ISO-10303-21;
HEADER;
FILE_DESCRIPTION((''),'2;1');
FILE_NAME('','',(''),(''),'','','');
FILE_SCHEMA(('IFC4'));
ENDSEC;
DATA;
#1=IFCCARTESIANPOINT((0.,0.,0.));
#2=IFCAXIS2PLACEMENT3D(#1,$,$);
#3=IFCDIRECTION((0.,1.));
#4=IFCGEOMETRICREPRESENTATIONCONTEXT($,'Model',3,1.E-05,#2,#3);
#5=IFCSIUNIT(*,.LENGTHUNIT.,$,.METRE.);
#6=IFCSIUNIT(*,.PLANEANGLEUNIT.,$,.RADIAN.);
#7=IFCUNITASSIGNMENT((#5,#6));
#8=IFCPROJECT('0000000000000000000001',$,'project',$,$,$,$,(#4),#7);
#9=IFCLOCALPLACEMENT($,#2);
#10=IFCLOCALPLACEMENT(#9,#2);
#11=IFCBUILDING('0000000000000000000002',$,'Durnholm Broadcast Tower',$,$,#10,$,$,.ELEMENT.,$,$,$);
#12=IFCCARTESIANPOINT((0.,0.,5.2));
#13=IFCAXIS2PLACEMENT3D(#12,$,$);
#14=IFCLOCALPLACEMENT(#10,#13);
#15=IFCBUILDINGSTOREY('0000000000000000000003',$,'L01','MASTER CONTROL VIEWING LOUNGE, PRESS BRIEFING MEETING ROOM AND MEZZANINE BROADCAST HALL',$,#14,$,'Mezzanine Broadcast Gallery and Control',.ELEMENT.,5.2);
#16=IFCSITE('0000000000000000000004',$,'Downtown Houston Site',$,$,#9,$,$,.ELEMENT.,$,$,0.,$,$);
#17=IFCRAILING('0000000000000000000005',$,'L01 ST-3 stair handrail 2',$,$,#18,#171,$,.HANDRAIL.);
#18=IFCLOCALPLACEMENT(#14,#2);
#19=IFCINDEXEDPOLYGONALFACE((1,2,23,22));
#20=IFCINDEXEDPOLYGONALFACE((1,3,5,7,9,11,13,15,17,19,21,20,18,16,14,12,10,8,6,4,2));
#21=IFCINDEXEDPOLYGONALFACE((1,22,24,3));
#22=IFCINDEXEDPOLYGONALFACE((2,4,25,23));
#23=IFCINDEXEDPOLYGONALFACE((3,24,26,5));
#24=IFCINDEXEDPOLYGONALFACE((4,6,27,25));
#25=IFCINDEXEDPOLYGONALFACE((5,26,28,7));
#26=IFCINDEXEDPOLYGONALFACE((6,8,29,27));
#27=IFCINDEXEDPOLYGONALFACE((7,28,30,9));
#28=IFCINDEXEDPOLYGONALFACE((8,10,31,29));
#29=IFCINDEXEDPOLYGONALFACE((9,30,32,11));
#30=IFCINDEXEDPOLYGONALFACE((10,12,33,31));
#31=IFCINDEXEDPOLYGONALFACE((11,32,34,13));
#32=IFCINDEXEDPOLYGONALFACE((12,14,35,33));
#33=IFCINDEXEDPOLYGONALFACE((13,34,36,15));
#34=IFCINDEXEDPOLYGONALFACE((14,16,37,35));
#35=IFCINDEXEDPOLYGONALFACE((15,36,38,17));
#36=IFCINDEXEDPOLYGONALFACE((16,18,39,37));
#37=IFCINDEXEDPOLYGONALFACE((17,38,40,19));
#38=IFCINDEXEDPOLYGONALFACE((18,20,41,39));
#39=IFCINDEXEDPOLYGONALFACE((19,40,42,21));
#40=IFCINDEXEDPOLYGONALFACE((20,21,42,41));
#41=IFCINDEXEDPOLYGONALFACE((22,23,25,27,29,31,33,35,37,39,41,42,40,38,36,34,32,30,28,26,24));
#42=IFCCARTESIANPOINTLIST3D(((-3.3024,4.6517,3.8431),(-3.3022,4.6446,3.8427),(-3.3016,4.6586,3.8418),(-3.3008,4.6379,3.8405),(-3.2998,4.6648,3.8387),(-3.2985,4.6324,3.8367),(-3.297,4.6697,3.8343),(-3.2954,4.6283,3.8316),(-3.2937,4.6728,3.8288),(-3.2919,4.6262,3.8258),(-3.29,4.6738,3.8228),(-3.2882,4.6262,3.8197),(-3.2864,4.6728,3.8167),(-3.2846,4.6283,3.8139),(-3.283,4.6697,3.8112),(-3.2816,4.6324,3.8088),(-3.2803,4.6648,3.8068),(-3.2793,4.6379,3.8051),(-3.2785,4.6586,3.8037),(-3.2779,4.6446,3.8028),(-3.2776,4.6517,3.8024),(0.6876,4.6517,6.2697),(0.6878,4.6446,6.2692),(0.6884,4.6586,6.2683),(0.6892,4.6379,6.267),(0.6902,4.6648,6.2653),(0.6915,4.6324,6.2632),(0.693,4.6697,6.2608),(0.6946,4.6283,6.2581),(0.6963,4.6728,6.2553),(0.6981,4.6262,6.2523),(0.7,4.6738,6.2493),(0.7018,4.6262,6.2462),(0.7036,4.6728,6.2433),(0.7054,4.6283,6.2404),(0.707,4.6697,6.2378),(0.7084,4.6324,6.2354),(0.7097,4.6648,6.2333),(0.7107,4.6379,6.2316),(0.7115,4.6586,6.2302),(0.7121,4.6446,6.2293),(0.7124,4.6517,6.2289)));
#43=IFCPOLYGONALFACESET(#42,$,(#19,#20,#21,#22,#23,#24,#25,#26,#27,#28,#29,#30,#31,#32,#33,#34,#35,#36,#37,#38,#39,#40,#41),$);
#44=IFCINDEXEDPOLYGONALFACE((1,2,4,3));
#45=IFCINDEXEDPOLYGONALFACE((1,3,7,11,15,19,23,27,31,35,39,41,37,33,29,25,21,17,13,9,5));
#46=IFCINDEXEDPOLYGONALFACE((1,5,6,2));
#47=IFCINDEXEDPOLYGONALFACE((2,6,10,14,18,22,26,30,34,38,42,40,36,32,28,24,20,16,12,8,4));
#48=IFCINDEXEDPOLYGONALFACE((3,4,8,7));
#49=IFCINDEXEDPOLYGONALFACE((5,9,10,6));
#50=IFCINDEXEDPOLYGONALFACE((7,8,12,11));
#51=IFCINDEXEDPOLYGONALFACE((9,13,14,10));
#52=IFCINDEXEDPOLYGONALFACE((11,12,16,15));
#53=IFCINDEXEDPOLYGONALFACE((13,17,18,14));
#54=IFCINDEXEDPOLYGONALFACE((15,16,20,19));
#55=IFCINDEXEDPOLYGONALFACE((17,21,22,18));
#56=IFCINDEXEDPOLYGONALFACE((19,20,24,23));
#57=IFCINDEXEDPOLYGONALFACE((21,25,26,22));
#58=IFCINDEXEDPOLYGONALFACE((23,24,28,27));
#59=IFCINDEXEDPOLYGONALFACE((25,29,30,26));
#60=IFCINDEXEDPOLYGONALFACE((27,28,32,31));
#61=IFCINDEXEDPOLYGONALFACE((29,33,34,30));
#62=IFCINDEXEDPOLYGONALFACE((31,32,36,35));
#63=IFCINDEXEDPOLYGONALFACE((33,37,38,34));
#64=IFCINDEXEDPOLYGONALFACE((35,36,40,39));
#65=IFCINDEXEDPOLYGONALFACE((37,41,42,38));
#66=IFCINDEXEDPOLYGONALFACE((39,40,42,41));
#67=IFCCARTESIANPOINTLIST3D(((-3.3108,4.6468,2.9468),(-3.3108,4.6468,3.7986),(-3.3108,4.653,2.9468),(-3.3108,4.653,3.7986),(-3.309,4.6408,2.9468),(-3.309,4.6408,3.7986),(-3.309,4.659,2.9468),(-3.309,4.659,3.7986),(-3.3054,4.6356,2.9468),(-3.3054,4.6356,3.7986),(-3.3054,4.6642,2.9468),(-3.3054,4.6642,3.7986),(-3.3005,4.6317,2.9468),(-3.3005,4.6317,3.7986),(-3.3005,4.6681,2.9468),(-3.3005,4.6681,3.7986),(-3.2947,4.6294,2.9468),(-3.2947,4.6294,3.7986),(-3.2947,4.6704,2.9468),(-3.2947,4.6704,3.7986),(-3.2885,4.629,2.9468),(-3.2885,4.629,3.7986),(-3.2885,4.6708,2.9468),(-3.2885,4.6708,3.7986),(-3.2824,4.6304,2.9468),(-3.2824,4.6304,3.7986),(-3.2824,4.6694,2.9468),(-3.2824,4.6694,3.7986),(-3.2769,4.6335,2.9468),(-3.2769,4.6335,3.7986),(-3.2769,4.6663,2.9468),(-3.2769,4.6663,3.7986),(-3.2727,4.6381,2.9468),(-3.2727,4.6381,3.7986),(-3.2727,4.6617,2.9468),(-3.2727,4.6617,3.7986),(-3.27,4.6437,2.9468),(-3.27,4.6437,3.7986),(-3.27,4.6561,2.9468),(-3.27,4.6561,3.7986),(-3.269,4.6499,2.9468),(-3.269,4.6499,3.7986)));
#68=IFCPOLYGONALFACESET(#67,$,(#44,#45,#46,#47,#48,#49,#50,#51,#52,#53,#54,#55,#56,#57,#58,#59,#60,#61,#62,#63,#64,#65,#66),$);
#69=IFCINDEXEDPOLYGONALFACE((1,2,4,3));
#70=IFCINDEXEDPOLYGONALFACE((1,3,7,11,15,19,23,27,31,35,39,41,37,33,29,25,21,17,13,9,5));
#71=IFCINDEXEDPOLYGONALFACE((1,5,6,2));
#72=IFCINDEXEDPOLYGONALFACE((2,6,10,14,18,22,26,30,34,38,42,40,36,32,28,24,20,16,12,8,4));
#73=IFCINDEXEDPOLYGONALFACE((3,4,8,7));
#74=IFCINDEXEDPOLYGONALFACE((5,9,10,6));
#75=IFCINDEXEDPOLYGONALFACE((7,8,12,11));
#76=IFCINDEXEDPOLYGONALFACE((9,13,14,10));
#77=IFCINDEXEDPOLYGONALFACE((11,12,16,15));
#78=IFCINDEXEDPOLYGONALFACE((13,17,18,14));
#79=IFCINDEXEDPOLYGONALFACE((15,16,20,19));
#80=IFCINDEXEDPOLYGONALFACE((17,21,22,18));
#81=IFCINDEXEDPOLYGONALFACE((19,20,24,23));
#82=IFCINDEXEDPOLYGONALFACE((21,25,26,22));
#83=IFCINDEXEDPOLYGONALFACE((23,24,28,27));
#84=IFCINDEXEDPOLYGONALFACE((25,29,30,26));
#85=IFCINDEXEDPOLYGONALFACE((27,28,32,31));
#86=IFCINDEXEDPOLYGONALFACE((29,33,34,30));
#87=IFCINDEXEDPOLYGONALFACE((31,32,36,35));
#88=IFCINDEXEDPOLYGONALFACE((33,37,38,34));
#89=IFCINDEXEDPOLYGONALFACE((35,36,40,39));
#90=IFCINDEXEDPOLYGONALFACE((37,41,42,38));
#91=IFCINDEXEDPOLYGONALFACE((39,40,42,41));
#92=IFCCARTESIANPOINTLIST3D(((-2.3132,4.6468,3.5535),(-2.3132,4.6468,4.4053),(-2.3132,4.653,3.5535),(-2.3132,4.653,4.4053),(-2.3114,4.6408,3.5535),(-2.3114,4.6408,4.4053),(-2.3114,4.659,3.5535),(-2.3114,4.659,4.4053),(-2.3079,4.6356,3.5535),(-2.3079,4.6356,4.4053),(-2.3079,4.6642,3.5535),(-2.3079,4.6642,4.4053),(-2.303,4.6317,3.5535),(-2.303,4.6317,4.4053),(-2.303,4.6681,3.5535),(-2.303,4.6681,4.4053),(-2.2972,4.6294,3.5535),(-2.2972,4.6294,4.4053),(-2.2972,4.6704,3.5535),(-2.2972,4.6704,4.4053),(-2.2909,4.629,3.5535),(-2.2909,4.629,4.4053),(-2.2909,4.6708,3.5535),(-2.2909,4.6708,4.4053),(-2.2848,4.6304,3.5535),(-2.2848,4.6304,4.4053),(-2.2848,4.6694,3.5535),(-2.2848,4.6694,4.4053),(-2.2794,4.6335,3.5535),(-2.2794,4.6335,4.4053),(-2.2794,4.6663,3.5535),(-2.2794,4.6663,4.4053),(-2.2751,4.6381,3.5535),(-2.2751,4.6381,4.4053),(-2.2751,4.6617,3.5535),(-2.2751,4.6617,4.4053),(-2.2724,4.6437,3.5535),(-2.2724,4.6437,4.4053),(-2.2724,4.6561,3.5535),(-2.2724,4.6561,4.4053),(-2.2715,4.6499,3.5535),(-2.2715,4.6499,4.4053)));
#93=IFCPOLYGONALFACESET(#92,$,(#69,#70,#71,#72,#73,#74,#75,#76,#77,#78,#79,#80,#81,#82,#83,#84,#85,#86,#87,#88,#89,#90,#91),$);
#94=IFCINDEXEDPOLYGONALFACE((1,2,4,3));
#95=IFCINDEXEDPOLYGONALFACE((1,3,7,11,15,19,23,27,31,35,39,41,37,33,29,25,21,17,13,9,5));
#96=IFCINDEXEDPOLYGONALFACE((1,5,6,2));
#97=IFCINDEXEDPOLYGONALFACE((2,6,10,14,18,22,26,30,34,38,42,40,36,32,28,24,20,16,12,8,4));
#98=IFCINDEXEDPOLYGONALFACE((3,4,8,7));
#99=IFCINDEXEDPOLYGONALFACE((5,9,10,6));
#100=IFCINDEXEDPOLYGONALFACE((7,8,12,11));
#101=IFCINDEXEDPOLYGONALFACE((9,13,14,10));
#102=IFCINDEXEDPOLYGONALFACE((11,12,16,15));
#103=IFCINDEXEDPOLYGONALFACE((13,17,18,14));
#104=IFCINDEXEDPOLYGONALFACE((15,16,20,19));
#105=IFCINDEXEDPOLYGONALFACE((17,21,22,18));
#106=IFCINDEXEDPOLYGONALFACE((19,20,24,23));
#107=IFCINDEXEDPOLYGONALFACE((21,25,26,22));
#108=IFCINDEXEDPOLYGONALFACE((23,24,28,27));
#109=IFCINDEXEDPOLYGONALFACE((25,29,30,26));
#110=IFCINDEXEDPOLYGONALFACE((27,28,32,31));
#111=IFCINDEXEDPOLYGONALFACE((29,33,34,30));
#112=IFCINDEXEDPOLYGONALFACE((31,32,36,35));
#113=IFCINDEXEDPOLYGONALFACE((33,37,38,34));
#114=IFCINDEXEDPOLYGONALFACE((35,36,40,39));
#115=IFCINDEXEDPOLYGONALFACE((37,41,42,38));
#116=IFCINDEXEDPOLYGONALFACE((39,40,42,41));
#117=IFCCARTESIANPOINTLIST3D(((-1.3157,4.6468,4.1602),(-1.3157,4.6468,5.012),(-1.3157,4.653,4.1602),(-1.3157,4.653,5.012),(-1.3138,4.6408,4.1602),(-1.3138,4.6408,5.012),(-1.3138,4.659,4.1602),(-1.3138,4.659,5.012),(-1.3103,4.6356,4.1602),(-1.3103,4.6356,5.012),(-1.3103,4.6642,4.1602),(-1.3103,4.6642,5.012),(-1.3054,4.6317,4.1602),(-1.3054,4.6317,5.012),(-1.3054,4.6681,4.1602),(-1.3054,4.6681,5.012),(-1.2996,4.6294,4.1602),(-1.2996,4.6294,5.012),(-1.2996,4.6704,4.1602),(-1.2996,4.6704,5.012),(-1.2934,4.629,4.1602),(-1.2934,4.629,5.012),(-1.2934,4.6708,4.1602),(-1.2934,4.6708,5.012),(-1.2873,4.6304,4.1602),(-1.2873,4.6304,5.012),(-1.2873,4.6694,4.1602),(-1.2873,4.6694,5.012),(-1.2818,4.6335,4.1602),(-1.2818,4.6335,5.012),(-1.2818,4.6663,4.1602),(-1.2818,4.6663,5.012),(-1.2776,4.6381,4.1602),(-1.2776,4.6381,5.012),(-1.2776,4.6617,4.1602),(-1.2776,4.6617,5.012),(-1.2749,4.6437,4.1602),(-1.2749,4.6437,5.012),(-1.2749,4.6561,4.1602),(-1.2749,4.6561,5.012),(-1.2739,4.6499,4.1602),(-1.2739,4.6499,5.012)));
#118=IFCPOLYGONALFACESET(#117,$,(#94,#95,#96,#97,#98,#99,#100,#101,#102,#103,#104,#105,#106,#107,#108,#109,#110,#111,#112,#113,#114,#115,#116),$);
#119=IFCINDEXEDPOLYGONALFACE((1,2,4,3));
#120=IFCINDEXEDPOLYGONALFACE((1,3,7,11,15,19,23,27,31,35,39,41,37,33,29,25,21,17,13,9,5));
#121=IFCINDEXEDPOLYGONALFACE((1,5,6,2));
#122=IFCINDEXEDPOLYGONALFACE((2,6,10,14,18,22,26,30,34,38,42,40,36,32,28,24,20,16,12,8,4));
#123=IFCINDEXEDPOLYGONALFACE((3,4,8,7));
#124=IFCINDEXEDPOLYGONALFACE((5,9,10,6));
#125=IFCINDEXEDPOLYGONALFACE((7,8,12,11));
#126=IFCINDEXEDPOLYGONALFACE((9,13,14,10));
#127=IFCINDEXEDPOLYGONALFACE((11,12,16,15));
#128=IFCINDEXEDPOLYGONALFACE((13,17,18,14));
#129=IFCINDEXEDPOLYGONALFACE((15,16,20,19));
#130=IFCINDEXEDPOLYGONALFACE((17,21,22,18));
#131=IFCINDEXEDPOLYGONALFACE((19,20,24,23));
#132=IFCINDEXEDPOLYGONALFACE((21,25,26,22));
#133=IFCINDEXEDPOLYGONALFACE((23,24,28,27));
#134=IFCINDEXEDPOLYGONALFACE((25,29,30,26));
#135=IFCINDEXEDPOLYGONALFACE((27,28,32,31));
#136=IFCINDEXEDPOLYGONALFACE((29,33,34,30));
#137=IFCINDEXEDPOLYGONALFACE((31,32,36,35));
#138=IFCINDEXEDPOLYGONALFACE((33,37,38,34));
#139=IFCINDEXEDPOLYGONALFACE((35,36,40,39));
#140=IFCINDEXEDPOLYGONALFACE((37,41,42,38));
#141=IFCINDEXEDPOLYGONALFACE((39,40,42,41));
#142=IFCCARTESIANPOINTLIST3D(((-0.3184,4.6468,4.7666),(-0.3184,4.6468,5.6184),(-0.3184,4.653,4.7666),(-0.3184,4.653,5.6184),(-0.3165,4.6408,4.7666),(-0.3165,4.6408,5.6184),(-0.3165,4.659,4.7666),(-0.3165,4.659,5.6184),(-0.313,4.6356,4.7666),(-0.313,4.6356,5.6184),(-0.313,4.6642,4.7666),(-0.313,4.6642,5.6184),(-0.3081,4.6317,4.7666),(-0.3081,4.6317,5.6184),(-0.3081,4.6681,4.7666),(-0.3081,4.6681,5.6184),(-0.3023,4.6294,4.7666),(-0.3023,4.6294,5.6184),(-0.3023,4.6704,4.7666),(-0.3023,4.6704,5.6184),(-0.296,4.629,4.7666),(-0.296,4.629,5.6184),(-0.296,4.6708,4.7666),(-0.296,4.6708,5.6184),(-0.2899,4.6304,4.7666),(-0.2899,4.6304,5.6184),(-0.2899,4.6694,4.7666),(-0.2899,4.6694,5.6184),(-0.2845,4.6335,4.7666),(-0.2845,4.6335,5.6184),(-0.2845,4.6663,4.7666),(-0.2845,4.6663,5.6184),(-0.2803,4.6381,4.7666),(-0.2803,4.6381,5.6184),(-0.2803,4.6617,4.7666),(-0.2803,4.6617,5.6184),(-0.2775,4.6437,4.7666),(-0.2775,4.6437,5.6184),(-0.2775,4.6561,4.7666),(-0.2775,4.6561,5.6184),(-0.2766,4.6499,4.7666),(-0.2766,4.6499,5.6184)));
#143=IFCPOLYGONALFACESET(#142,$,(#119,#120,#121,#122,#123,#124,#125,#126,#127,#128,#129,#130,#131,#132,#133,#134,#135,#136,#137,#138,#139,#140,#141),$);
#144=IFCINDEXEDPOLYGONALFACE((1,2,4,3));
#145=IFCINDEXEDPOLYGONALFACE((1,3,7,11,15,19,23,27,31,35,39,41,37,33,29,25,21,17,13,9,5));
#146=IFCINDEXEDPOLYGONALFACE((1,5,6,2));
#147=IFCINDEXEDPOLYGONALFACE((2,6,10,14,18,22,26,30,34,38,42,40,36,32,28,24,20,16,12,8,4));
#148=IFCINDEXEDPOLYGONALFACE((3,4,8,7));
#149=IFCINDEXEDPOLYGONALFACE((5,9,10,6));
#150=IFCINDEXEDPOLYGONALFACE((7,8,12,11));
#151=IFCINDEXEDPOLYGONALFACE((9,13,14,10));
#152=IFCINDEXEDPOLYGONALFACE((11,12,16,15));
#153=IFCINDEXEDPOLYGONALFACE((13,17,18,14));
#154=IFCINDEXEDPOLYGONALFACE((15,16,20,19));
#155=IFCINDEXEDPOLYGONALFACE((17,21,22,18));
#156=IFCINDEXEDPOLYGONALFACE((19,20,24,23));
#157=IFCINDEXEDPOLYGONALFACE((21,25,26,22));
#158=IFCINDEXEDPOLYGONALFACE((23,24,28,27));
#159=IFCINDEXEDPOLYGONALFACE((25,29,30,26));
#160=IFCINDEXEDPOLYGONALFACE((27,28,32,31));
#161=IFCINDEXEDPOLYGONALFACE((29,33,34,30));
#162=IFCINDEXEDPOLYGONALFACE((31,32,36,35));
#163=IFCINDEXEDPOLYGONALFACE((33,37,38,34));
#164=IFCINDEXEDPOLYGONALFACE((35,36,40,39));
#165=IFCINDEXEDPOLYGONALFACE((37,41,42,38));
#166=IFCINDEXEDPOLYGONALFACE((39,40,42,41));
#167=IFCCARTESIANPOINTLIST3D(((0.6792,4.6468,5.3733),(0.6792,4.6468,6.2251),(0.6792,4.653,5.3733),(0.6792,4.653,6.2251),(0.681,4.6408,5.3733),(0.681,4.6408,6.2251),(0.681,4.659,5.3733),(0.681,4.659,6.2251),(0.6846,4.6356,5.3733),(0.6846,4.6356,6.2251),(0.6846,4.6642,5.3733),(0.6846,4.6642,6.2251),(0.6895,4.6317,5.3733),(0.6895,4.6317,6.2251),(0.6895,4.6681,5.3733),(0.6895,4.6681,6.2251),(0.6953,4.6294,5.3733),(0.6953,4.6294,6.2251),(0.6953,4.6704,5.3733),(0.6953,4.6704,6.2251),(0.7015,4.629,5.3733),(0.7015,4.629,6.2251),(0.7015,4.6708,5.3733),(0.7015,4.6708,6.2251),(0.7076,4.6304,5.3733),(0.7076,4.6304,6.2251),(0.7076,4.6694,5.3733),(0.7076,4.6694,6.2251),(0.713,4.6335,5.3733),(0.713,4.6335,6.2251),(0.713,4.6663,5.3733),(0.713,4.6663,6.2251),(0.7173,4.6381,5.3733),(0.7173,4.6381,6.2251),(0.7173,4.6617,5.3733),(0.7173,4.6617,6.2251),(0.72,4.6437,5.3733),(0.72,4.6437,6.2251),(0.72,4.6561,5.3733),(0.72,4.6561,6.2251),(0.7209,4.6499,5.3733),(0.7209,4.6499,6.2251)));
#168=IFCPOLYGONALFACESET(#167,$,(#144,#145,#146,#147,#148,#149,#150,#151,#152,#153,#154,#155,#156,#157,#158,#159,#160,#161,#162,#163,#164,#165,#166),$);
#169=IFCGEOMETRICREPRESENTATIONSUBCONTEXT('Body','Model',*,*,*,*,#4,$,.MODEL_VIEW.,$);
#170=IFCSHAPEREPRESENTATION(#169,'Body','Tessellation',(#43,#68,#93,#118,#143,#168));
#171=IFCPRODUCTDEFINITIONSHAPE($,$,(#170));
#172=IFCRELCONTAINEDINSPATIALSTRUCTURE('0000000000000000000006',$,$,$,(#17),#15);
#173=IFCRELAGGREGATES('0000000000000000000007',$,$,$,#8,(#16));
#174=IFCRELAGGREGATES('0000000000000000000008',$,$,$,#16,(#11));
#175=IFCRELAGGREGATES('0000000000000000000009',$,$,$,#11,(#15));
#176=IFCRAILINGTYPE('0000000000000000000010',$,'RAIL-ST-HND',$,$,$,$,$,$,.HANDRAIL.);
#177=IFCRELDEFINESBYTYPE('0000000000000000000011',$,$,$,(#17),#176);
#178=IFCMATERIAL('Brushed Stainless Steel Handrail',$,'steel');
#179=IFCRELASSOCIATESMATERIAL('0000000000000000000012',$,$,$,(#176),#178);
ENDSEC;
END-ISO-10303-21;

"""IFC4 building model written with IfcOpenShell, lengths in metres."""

from ifc_helpers import new_model, si_unit, direction, frame, origin, origin_2d, place, context, subcontext, project, spatial, circle, extrude, material, type_object, element, save


model = new_model("IFC4")

# Units and contexts
model_context = context("Model", 3, precision=1e-05, world=origin(), true_north=direction((0.0, 1.0)))
body_context = subcontext(model_context, "Body", "Model", "MODEL_VIEW")
ifc_project = project(units=[si_unit("LENGTHUNIT", "METRE"), si_unit("PLANEANGLEUNIT", "RADIAN")], contexts=[model_context])

# Site, building, storey
site_placement = place(None, origin())
site = spatial("IfcSite", under=ifc_project, at=site_placement, Name="Downtown Houston Site", CompositionType="ELEMENT", RefElevation=0.0)
building_placement = place(site_placement, origin())
building = spatial("IfcBuilding", under=site, at=building_placement, Name="Durnholm Broadcast Tower", CompositionType="ELEMENT")
storey_placement = place(building_placement, frame((0.0, 0.0, 5.2)))
storey = spatial("IfcBuildingStorey", under=building, at=storey_placement, Name="L01", Description="MASTER CONTROL VIEWING LOUNGE, PRESS BRIEFING MEETING ROOM AND MEZZANINE BROADCAST HALL", LongName="Mezzanine Broadcast Gallery and Control", CompositionType="ELEMENT", Elevation=5.2)

# Railing
ifc_material_1 = material(Name="Brushed Stainless Steel Handrail", Category="steel")
railing_type = type_object("IfcRailingType", Name="RAIL-ST-HND", PredefinedType="HANDRAIL", material=ifc_material_1)
railing_placement = place(storey_placement, frame((-3.29, 4.6499, 2.9468)))
element("IfcRailing", 1, at=railing_placement, inside=storey, type_object=railing_type, Name="L01 ST-3 stair handrail 2", PredefinedType="HANDRAIL", context=body_context, shape_type="SweptSolid", body=[
    extrude(circle(Radius=0.0239, at=origin_2d()), frame((0.0, 0.0, 0.876), z_axis=(0.854405, 0.0, 0.519607), x_axis=(0.0, 1.0, 0.0)), (0.0, 0.0, 1.0), 4.6699),
    extrude(circle(Radius=0.021, at=origin_2d()), origin(), (0.0, 0.0, 1.0), 0.8518),
    extrude(circle(Radius=0.021, at=origin_2d()), frame((0.9976, 0.0, 0.6067)), (0.0, 0.0, 1.0), 0.8518),
    extrude(circle(Radius=0.021, at=origin_2d()), frame((1.9951, 0.0, 1.2134)), (0.0, 0.0, 1.0), 0.8518),
    extrude(circle(Radius=0.021, at=origin_2d()), frame((2.9924, 0.0, 1.8198)), (0.0, 0.0, 1.0), 0.8518),
    extrude(circle(Radius=0.021, at=origin_2d()), frame((3.99, 0.0, 2.4265)), (0.0, 0.0, 1.0), 0.8518),
])

save(model, "model.ifc")
